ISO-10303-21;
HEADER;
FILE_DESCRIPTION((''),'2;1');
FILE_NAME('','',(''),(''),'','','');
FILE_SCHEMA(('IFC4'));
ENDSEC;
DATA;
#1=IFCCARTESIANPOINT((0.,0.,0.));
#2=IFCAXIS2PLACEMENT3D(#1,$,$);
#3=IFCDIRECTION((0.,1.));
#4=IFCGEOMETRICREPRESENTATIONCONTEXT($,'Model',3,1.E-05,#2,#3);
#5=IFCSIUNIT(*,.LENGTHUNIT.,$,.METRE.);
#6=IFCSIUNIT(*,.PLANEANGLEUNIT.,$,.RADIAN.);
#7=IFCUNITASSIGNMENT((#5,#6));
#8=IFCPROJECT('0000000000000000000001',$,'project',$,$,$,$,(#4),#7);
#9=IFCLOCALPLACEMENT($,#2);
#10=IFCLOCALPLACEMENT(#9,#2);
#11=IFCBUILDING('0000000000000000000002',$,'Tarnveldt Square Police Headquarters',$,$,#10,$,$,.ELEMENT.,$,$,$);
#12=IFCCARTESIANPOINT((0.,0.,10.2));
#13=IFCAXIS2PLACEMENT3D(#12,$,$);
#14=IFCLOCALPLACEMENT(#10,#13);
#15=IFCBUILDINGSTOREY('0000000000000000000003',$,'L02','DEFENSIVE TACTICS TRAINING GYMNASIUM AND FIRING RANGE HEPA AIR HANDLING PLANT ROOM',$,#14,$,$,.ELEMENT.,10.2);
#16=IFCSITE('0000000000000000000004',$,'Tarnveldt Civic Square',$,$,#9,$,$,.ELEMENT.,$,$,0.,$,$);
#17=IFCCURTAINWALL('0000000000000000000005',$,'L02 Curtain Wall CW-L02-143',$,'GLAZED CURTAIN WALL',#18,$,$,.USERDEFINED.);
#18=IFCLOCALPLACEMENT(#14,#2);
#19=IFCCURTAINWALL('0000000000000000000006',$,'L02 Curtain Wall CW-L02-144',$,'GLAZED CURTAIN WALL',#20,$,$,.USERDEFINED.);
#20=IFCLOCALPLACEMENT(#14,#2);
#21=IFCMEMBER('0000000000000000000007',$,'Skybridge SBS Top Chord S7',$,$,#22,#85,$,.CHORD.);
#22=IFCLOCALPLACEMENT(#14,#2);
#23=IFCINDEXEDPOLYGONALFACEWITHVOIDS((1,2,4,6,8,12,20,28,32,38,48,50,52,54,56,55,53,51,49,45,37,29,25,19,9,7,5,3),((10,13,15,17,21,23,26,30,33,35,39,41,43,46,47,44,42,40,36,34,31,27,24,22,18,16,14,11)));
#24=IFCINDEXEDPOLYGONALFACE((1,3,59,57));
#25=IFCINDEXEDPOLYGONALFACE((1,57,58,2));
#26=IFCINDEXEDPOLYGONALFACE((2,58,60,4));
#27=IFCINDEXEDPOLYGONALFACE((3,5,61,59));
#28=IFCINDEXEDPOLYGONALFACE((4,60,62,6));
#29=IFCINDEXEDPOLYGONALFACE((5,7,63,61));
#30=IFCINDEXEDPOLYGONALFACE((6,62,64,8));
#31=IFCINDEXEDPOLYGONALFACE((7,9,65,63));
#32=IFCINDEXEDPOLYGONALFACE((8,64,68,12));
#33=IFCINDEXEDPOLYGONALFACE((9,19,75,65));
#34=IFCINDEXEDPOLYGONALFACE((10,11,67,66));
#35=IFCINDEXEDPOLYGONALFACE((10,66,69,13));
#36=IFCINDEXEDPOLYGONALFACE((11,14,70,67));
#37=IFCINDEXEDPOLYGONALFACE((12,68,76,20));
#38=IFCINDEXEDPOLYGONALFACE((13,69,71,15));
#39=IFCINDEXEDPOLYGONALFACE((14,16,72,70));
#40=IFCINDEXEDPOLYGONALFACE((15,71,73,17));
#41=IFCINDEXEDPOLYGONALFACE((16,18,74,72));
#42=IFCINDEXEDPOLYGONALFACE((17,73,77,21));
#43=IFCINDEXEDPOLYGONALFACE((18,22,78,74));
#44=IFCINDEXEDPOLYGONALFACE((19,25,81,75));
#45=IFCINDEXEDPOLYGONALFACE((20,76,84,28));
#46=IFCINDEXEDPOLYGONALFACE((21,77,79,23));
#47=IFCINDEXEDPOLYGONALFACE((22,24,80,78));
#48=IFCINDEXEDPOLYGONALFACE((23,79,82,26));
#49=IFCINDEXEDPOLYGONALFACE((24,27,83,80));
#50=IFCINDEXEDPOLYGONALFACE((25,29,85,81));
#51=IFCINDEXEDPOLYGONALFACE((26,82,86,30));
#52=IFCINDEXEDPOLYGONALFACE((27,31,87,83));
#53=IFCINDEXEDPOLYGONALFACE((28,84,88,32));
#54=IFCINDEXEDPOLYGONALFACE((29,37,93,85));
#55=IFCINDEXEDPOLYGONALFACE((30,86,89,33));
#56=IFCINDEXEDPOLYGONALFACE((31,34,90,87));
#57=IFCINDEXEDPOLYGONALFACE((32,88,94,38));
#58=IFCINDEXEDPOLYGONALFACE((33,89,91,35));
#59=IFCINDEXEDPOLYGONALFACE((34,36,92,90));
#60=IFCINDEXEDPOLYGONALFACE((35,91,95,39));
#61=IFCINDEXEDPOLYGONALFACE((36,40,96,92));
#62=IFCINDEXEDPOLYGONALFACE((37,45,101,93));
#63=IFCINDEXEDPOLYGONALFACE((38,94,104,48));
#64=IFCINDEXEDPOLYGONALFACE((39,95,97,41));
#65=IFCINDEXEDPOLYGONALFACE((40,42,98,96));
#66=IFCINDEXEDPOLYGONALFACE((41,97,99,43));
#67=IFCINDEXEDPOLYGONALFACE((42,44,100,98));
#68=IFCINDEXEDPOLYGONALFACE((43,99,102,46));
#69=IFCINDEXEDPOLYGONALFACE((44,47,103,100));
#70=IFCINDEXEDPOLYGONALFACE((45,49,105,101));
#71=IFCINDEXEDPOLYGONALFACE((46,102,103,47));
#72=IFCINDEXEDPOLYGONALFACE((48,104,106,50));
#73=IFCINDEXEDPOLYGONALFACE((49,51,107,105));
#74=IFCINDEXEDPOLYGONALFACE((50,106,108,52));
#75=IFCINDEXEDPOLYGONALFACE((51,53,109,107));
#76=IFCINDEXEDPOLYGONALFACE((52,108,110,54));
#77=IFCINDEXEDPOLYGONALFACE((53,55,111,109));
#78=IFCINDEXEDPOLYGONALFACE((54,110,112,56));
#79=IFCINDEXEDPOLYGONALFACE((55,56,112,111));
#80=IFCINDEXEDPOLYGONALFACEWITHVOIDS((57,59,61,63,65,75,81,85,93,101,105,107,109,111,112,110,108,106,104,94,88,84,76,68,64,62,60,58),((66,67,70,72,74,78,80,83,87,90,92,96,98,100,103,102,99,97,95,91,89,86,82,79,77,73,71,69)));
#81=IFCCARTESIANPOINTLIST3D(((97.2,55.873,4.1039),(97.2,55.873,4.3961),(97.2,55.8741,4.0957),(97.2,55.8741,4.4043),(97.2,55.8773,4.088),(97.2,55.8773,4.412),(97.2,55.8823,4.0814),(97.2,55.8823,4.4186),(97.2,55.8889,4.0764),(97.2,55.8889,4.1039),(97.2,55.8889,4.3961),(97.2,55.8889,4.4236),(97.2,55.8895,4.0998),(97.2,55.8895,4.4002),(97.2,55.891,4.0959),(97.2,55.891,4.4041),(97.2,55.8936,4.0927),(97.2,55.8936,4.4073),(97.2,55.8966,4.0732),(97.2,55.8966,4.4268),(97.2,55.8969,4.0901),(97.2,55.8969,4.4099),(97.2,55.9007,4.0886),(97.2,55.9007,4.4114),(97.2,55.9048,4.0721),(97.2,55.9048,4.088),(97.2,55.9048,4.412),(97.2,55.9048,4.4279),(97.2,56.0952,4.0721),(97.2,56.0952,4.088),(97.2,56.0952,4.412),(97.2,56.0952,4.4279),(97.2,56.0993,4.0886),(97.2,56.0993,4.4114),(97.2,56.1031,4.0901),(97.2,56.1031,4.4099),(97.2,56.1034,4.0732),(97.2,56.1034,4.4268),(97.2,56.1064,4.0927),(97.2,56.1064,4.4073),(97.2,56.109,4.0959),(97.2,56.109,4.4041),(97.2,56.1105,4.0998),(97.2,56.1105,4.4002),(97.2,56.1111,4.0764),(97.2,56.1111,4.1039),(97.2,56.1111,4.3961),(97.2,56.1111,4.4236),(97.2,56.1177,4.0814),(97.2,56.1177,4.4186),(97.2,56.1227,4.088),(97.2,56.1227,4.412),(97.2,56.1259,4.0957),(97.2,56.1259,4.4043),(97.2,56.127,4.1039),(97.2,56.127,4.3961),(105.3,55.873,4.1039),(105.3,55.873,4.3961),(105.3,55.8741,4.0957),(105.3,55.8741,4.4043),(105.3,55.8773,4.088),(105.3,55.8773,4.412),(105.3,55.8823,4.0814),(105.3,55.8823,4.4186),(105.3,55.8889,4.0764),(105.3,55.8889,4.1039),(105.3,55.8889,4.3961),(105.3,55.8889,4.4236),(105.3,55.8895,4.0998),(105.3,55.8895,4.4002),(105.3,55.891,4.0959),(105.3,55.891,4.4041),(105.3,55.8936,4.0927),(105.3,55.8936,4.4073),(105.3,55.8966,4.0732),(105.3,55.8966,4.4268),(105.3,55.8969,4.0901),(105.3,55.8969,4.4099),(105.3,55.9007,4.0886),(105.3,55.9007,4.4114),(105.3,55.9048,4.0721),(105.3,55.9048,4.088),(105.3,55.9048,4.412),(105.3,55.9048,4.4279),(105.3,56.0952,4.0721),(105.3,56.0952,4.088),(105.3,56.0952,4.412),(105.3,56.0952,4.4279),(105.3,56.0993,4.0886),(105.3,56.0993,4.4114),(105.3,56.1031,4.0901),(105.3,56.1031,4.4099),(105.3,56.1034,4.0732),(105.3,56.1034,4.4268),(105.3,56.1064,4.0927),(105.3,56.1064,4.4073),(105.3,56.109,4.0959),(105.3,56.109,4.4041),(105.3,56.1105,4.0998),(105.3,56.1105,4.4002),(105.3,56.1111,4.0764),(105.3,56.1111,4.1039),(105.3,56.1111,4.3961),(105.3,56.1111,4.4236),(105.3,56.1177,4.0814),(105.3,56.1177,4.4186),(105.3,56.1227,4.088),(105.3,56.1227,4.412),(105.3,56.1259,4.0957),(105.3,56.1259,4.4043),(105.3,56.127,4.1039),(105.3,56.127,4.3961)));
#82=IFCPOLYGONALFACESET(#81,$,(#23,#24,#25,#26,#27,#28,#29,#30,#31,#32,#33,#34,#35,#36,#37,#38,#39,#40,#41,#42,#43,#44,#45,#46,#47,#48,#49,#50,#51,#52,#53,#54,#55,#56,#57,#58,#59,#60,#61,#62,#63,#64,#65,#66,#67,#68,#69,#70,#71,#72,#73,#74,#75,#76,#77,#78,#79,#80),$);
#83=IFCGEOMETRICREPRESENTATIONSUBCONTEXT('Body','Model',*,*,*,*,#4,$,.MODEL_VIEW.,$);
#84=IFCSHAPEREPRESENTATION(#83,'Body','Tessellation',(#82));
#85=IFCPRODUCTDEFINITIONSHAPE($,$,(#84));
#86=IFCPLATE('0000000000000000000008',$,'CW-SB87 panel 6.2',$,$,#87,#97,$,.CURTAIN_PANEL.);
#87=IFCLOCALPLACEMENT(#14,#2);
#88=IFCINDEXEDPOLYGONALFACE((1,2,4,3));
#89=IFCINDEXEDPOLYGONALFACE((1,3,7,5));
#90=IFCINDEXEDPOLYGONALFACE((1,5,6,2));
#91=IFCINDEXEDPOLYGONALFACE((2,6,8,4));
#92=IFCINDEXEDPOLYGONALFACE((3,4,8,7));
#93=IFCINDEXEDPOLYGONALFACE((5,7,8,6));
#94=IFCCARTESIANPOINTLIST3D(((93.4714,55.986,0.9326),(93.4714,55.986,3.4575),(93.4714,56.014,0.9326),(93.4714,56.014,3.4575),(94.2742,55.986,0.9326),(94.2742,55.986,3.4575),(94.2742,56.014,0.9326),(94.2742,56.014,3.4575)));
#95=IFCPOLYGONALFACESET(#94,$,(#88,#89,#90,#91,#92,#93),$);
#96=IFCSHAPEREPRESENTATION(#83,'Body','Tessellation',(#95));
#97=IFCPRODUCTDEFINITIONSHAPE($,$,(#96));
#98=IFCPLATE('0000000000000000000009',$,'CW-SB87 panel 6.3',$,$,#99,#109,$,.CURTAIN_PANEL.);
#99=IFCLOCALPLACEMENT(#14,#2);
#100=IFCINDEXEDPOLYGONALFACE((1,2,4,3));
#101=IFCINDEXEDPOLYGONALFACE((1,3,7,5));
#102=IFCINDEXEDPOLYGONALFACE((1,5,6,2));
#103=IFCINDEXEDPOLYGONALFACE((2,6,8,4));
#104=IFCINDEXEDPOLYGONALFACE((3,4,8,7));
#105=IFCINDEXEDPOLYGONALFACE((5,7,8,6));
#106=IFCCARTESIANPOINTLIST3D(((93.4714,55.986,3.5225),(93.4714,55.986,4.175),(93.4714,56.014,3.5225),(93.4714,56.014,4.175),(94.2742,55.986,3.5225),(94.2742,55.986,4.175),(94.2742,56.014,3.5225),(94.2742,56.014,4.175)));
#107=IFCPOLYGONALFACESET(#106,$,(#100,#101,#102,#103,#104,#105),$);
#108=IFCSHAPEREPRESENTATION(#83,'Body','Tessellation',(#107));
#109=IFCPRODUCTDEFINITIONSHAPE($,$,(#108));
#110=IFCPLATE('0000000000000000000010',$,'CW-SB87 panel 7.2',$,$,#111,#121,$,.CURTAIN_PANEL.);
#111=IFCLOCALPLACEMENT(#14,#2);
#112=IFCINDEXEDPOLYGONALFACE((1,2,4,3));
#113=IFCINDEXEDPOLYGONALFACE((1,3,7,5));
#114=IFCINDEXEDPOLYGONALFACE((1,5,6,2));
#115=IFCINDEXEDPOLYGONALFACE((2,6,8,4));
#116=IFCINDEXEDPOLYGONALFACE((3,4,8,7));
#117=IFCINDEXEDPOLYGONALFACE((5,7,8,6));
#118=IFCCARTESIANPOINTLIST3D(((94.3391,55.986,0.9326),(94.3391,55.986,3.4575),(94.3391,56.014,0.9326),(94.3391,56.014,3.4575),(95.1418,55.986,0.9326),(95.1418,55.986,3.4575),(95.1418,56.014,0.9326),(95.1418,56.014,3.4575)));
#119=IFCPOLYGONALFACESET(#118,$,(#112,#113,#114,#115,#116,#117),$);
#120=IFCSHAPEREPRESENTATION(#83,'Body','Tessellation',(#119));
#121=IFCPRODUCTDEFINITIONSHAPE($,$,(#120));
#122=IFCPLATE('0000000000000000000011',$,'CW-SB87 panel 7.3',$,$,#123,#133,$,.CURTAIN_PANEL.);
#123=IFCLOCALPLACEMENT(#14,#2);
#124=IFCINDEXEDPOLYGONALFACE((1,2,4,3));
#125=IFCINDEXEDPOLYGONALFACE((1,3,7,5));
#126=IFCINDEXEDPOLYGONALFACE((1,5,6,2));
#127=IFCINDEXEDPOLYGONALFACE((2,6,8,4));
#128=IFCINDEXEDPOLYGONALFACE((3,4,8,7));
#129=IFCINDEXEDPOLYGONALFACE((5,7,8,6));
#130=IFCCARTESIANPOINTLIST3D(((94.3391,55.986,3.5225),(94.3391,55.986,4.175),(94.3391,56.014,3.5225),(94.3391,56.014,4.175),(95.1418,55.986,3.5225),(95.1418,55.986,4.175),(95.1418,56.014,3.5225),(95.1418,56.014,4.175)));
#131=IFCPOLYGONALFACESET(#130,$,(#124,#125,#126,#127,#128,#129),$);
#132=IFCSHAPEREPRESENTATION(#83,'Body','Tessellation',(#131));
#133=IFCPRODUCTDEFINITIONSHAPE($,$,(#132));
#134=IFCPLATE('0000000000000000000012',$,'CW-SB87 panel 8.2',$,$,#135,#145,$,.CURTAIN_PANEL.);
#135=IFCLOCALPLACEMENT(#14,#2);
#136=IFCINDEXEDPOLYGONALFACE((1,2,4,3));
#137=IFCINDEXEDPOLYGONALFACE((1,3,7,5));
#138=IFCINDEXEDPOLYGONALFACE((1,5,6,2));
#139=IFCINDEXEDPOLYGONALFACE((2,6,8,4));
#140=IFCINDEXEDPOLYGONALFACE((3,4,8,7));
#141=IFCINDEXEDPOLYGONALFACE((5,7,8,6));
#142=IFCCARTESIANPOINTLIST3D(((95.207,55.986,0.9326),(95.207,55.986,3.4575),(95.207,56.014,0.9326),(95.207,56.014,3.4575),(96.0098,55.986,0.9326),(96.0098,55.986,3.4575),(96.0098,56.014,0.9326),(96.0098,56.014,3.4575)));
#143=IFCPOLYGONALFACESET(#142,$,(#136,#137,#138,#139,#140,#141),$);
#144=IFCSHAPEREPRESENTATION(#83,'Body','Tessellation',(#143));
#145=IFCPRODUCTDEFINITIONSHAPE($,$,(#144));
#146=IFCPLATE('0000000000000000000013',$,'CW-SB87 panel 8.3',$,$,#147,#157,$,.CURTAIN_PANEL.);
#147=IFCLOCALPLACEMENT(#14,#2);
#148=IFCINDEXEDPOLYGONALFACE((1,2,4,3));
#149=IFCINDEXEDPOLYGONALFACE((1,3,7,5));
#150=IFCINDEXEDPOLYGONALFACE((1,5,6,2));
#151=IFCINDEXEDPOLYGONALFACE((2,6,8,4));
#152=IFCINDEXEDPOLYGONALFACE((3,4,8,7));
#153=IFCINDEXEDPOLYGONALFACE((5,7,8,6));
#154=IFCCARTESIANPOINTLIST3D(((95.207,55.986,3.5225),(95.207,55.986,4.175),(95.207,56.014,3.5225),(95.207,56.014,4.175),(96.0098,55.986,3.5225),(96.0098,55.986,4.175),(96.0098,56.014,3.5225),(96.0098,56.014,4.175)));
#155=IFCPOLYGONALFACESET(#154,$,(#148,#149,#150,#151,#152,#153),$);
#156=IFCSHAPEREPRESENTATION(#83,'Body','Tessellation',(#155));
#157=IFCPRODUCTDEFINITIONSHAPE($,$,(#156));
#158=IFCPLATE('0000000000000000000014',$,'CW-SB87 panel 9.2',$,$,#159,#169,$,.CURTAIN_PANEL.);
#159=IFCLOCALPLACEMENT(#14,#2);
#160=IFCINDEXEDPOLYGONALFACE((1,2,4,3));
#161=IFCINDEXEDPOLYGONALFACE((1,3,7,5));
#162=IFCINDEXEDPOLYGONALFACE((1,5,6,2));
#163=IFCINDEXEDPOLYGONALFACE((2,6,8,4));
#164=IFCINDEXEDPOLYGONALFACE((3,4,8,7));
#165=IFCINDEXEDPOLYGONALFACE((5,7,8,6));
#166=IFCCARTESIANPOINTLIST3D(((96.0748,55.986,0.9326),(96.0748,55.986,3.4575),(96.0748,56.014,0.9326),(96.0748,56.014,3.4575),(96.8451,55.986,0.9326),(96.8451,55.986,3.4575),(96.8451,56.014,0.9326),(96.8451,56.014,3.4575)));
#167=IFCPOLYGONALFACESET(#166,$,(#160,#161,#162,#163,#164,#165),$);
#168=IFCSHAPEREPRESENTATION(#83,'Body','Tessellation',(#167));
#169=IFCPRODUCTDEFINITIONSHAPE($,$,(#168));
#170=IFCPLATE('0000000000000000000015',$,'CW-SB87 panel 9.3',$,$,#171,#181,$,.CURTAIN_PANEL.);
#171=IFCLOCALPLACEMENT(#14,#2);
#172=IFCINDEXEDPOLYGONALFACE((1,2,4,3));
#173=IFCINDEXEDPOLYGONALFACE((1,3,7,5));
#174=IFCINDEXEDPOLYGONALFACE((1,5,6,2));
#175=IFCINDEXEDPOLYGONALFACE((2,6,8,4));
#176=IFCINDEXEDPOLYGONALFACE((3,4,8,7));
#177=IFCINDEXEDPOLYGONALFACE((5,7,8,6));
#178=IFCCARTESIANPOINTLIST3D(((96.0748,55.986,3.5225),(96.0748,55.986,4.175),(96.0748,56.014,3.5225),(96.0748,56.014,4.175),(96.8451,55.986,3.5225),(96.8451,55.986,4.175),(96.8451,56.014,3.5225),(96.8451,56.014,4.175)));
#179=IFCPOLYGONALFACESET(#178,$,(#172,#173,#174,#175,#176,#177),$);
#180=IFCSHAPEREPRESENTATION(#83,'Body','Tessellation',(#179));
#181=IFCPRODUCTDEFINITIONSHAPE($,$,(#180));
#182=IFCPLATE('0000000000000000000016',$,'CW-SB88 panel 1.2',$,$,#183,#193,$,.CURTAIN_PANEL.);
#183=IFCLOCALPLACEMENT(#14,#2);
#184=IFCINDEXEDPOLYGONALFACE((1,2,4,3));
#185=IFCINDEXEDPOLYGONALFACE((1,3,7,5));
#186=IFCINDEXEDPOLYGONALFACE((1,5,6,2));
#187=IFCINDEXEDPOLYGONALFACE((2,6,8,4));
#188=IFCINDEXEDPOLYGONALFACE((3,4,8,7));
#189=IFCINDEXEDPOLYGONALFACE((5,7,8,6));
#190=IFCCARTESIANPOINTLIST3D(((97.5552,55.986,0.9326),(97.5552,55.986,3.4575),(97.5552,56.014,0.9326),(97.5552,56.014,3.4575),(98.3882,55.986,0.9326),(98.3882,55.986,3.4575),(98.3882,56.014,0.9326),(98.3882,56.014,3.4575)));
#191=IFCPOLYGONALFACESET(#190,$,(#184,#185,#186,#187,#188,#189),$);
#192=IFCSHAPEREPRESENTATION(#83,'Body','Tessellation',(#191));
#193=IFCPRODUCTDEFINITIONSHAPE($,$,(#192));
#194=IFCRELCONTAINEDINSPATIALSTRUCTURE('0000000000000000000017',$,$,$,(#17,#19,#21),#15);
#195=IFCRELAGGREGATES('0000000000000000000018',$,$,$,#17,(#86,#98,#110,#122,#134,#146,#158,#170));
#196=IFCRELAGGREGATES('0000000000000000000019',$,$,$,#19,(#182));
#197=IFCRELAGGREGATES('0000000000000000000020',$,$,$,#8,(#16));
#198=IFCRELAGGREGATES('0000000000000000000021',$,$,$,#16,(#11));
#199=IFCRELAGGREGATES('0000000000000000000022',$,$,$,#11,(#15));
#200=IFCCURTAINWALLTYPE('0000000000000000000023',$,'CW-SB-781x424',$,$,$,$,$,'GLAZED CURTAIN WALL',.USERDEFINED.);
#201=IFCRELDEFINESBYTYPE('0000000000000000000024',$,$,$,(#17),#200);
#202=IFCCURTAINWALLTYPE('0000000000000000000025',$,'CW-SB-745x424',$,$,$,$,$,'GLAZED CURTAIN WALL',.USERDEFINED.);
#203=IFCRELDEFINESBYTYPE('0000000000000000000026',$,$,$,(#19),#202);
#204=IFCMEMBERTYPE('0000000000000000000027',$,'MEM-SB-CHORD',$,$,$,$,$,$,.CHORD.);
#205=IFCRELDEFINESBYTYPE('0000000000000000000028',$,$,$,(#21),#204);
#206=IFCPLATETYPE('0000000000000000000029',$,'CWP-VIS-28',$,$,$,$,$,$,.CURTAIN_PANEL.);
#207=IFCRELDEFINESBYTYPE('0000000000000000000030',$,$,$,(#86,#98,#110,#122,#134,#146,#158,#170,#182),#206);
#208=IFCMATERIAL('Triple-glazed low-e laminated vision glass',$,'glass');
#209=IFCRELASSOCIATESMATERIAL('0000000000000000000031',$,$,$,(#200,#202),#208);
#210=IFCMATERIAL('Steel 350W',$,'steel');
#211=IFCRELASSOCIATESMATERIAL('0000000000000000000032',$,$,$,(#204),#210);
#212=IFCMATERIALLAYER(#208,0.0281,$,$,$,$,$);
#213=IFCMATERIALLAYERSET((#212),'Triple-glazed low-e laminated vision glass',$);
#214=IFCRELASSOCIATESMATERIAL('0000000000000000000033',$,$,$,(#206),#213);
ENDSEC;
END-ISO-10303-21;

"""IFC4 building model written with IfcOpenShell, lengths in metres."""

from ifc_helpers import new_model, si_unit, direction, frame, origin, origin_2d, place, context, subcontext, project, spatial, rectangle, hollow_rectangle, extrude, material, layer, layer_set, material_profile, profile_set, type_object, element, aggregate, save


model = new_model("IFC4")

# Units and contexts
model_context = context("Model", 3, precision=1e-05, world=origin(), true_north=direction((0.0, 1.0)))
body_context = subcontext(model_context, "Body", "Model", "MODEL_VIEW")
ifc_project = project(units=[si_unit("LENGTHUNIT", "METRE"), si_unit("PLANEANGLEUNIT", "RADIAN")], contexts=[model_context])

# Site, building, storey
site_placement = place(None, origin())
site = spatial("IfcSite", under=ifc_project, at=site_placement, Name="Tarnveldt Civic Square", CompositionType="ELEMENT", RefElevation=0.0)
building_placement = place(site_placement, origin())
building = spatial("IfcBuilding", under=site, at=building_placement, Name="Tarnveldt Square Police Headquarters", CompositionType="ELEMENT")
storey_placement = place(building_placement, frame((0.0, 0.0, 10.2)))
storey = spatial("IfcBuildingStorey", under=building, at=storey_placement, Name="L02", Description="DEFENSIVE TACTICS TRAINING GYMNASIUM AND FIRING RANGE HEPA AIR HANDLING PLANT ROOM", CompositionType="ELEMENT", Elevation=10.2)

# Shared definitions
ifc_material_1 = material(Name="Steel 350W", Category="steel")

# Curtain walls
ifc_material_2 = material(Name="Triple-glazed low-e laminated vision glass", Category="glass")
curtain_wall_type_1 = type_object("IfcCurtainWallType", Name="CW-SB-781x424", ElementType="GLAZED CURTAIN WALL", PredefinedType="USERDEFINED", material=ifc_material_2)
curtain_wall_1_placement = place(storey_placement, origin())
curtain_wall_1 = element("IfcCurtainWall", 1, at=curtain_wall_1_placement, inside=storey, type_object=curtain_wall_type_1, Name="L02 Curtain Wall CW-L02-143", ObjectType="GLAZED CURTAIN WALL", PredefinedType="USERDEFINED")
curtain_wall_type_2 = type_object("IfcCurtainWallType", Name="CW-SB-745x424", ElementType="GLAZED CURTAIN WALL", PredefinedType="USERDEFINED", material=ifc_material_2)
curtain_wall_2_placement = place(storey_placement, origin())
curtain_wall_2 = element("IfcCurtainWall", 2, at=curtain_wall_2_placement, inside=storey, type_object=curtain_wall_type_2, Name="L02 Curtain Wall CW-L02-144", ObjectType="GLAZED CURTAIN WALL", PredefinedType="USERDEFINED")

# Member
ifc_material_profile_1 = material_profile(ifc_material_1, hollow_rectangle(XDim=0.2539, YDim=0.3557, WallThickness=0.0159, InnerFilletRadius=0.0159, OuterFilletRadius=0.0317, at=origin_2d()), Name="HSS356x254x16")
ifc_profile_set_1 = profile_set([ifc_material_profile_1], Name="Steel 350W")
member_type_1 = type_object("IfcMemberType", Name="MEM-SB-CHORD", PredefinedType="CHORD", material=ifc_profile_set_1)
member_1_placement = place(storey_placement, frame((97.2, 56.0, 4.25), z_axis=(1.0, 0.0, 0.0), x_axis=(0.0, 1.0, 0.0)))
element("IfcMember", 3, at=member_1_placement, inside=storey, type_object=member_type_1, Name="Skybridge SBS Top Chord S7", PredefinedType="CHORD", context=body_context, shape_type="SweptSolid", body=[
    extrude(hollow_rectangle(XDim=0.2539, YDim=0.3557, WallThickness=0.0159, InnerFilletRadius=0.0159, OuterFilletRadius=0.0317, at=origin_2d()), origin(), (0.0, 0.0, 1.0), 8.1001),
])

# Plates
ifc_layer = layer(ifc_material_2, 0.0281)
ifc_layer_set = layer_set([ifc_layer], Name="Triple-glazed low-e laminated vision glass")
plate_type = type_object("IfcPlateType", Name="CWP-VIS-28", PredefinedType="CURTAIN_PANEL", material=ifc_layer_set)
plate_1_placement = place(storey_placement, frame((93.8728, 56.0, 0.9326), z_axis=(0.0, 0.0, 1.0), x_axis=(1.0, 0.0, 0.0)))
plate_1 = element("IfcPlate", 4, at=plate_1_placement, type_object=plate_type, Name="CW-SB87 panel 6.2", PredefinedType="CURTAIN_PANEL", context=body_context, shape_type="SweptSolid", body=[
    extrude(rectangle(XDim=0.8027, YDim=0.0281, at=origin_2d()), origin(), (0.0, 0.0, 1.0), 2.5249),
])
plate_2_placement = place(storey_placement, frame((93.8728, 56.0, 3.5225), z_axis=(0.0, 0.0, 1.0), x_axis=(1.0, 0.0, 0.0)))
plate_2 = element("IfcPlate", 5, at=plate_2_placement, type_object=plate_type, Name="CW-SB87 panel 6.3", PredefinedType="CURTAIN_PANEL", context=body_context, shape_type="SweptSolid", body=[
    extrude(rectangle(XDim=0.8027, YDim=0.0281, at=origin_2d()), origin(), (0.0, 0.0, 1.0), 0.6526),
])
plate_3_placement = place(storey_placement, frame((94.7405, 56.0, 0.9326), z_axis=(0.0, 0.0, 1.0), x_axis=(1.0, 0.0, 0.0)))
plate_3 = element("IfcPlate", 6, at=plate_3_placement, type_object=plate_type, Name="CW-SB87 panel 7.2", PredefinedType="CURTAIN_PANEL", context=body_context, shape_type="SweptSolid", body=[
    extrude(rectangle(XDim=0.8027, YDim=0.0281, at=origin_2d()), origin(), (0.0, 0.0, 1.0), 2.5249),
])
plate_4_placement = place(storey_placement, frame((94.7405, 56.0, 3.5225), z_axis=(0.0, 0.0, 1.0), x_axis=(1.0, 0.0, 0.0)))
plate_4 = element("IfcPlate", 7, at=plate_4_placement, type_object=plate_type, Name="CW-SB87 panel 7.3", PredefinedType="CURTAIN_PANEL", context=body_context, shape_type="SweptSolid", body=[
    extrude(rectangle(XDim=0.8027, YDim=0.0281, at=origin_2d()), origin(), (0.0, 0.0, 1.0), 0.6526),
])
plate_5_placement = place(storey_placement, frame((95.6084, 56.0, 0.9326), z_axis=(0.0, 0.0, 1.0), x_axis=(1.0, 0.0, 0.0)))
plate_5 = element("IfcPlate", 8, at=plate_5_placement, type_object=plate_type, Name="CW-SB87 panel 8.2", PredefinedType="CURTAIN_PANEL", context=body_context, shape_type="SweptSolid", body=[
    extrude(rectangle(XDim=0.8027, YDim=0.0281, at=origin_2d()), origin(), (0.0, 0.0, 1.0), 2.5249),
])
plate_6_placement = place(storey_placement, frame((95.6084, 56.0, 3.5225), z_axis=(0.0, 0.0, 1.0), x_axis=(1.0, 0.0, 0.0)))
plate_6 = element("IfcPlate", 9, at=plate_6_placement, type_object=plate_type, Name="CW-SB87 panel 8.3", PredefinedType="CURTAIN_PANEL", context=body_context, shape_type="SweptSolid", body=[
    extrude(rectangle(XDim=0.8027, YDim=0.0281, at=origin_2d()), origin(), (0.0, 0.0, 1.0), 0.6526),
])
plate_7_placement = place(storey_placement, frame((96.46, 56.0, 0.9326), z_axis=(0.0, 0.0, 1.0), x_axis=(1.0, 0.0, 0.0)))
plate_7 = element("IfcPlate", 10, at=plate_7_placement, type_object=plate_type, Name="CW-SB87 panel 9.2", PredefinedType="CURTAIN_PANEL", context=body_context, shape_type="SweptSolid", body=[
    extrude(rectangle(XDim=0.7703, YDim=0.0281, at=origin_2d()), origin(), (0.0, 0.0, 1.0), 2.5249),
])
plate_8_placement = place(storey_placement, frame((96.46, 56.0, 3.5225), z_axis=(0.0, 0.0, 1.0), x_axis=(1.0, 0.0, 0.0)))
plate_8 = element("IfcPlate", 11, at=plate_8_placement, type_object=plate_type, Name="CW-SB87 panel 9.3", PredefinedType="CURTAIN_PANEL", context=body_context, shape_type="SweptSolid", body=[
    extrude(rectangle(XDim=0.7703, YDim=0.0281, at=origin_2d()), origin(), (0.0, 0.0, 1.0), 0.6526),
])
aggregate(curtain_wall_1, [plate_1, plate_2, plate_3, plate_4, plate_5, plate_6, plate_7, plate_8])
plate_9_placement = place(storey_placement, frame((97.9717, 56.0, 0.9326), z_axis=(0.0, 0.0, 1.0), x_axis=(1.0, 0.0, 0.0)))
plate_9 = element("IfcPlate", 12, at=plate_9_placement, type_object=plate_type, Name="CW-SB88 panel 1.2", PredefinedType="CURTAIN_PANEL", context=body_context, shape_type="SweptSolid", body=[
    extrude(rectangle(XDim=0.833, YDim=0.0281, at=origin_2d()), origin(), (0.0, 0.0, 1.0), 2.5249),
])
aggregate(curtain_wall_2, [plate_9])

save(model, "model.ifc")
